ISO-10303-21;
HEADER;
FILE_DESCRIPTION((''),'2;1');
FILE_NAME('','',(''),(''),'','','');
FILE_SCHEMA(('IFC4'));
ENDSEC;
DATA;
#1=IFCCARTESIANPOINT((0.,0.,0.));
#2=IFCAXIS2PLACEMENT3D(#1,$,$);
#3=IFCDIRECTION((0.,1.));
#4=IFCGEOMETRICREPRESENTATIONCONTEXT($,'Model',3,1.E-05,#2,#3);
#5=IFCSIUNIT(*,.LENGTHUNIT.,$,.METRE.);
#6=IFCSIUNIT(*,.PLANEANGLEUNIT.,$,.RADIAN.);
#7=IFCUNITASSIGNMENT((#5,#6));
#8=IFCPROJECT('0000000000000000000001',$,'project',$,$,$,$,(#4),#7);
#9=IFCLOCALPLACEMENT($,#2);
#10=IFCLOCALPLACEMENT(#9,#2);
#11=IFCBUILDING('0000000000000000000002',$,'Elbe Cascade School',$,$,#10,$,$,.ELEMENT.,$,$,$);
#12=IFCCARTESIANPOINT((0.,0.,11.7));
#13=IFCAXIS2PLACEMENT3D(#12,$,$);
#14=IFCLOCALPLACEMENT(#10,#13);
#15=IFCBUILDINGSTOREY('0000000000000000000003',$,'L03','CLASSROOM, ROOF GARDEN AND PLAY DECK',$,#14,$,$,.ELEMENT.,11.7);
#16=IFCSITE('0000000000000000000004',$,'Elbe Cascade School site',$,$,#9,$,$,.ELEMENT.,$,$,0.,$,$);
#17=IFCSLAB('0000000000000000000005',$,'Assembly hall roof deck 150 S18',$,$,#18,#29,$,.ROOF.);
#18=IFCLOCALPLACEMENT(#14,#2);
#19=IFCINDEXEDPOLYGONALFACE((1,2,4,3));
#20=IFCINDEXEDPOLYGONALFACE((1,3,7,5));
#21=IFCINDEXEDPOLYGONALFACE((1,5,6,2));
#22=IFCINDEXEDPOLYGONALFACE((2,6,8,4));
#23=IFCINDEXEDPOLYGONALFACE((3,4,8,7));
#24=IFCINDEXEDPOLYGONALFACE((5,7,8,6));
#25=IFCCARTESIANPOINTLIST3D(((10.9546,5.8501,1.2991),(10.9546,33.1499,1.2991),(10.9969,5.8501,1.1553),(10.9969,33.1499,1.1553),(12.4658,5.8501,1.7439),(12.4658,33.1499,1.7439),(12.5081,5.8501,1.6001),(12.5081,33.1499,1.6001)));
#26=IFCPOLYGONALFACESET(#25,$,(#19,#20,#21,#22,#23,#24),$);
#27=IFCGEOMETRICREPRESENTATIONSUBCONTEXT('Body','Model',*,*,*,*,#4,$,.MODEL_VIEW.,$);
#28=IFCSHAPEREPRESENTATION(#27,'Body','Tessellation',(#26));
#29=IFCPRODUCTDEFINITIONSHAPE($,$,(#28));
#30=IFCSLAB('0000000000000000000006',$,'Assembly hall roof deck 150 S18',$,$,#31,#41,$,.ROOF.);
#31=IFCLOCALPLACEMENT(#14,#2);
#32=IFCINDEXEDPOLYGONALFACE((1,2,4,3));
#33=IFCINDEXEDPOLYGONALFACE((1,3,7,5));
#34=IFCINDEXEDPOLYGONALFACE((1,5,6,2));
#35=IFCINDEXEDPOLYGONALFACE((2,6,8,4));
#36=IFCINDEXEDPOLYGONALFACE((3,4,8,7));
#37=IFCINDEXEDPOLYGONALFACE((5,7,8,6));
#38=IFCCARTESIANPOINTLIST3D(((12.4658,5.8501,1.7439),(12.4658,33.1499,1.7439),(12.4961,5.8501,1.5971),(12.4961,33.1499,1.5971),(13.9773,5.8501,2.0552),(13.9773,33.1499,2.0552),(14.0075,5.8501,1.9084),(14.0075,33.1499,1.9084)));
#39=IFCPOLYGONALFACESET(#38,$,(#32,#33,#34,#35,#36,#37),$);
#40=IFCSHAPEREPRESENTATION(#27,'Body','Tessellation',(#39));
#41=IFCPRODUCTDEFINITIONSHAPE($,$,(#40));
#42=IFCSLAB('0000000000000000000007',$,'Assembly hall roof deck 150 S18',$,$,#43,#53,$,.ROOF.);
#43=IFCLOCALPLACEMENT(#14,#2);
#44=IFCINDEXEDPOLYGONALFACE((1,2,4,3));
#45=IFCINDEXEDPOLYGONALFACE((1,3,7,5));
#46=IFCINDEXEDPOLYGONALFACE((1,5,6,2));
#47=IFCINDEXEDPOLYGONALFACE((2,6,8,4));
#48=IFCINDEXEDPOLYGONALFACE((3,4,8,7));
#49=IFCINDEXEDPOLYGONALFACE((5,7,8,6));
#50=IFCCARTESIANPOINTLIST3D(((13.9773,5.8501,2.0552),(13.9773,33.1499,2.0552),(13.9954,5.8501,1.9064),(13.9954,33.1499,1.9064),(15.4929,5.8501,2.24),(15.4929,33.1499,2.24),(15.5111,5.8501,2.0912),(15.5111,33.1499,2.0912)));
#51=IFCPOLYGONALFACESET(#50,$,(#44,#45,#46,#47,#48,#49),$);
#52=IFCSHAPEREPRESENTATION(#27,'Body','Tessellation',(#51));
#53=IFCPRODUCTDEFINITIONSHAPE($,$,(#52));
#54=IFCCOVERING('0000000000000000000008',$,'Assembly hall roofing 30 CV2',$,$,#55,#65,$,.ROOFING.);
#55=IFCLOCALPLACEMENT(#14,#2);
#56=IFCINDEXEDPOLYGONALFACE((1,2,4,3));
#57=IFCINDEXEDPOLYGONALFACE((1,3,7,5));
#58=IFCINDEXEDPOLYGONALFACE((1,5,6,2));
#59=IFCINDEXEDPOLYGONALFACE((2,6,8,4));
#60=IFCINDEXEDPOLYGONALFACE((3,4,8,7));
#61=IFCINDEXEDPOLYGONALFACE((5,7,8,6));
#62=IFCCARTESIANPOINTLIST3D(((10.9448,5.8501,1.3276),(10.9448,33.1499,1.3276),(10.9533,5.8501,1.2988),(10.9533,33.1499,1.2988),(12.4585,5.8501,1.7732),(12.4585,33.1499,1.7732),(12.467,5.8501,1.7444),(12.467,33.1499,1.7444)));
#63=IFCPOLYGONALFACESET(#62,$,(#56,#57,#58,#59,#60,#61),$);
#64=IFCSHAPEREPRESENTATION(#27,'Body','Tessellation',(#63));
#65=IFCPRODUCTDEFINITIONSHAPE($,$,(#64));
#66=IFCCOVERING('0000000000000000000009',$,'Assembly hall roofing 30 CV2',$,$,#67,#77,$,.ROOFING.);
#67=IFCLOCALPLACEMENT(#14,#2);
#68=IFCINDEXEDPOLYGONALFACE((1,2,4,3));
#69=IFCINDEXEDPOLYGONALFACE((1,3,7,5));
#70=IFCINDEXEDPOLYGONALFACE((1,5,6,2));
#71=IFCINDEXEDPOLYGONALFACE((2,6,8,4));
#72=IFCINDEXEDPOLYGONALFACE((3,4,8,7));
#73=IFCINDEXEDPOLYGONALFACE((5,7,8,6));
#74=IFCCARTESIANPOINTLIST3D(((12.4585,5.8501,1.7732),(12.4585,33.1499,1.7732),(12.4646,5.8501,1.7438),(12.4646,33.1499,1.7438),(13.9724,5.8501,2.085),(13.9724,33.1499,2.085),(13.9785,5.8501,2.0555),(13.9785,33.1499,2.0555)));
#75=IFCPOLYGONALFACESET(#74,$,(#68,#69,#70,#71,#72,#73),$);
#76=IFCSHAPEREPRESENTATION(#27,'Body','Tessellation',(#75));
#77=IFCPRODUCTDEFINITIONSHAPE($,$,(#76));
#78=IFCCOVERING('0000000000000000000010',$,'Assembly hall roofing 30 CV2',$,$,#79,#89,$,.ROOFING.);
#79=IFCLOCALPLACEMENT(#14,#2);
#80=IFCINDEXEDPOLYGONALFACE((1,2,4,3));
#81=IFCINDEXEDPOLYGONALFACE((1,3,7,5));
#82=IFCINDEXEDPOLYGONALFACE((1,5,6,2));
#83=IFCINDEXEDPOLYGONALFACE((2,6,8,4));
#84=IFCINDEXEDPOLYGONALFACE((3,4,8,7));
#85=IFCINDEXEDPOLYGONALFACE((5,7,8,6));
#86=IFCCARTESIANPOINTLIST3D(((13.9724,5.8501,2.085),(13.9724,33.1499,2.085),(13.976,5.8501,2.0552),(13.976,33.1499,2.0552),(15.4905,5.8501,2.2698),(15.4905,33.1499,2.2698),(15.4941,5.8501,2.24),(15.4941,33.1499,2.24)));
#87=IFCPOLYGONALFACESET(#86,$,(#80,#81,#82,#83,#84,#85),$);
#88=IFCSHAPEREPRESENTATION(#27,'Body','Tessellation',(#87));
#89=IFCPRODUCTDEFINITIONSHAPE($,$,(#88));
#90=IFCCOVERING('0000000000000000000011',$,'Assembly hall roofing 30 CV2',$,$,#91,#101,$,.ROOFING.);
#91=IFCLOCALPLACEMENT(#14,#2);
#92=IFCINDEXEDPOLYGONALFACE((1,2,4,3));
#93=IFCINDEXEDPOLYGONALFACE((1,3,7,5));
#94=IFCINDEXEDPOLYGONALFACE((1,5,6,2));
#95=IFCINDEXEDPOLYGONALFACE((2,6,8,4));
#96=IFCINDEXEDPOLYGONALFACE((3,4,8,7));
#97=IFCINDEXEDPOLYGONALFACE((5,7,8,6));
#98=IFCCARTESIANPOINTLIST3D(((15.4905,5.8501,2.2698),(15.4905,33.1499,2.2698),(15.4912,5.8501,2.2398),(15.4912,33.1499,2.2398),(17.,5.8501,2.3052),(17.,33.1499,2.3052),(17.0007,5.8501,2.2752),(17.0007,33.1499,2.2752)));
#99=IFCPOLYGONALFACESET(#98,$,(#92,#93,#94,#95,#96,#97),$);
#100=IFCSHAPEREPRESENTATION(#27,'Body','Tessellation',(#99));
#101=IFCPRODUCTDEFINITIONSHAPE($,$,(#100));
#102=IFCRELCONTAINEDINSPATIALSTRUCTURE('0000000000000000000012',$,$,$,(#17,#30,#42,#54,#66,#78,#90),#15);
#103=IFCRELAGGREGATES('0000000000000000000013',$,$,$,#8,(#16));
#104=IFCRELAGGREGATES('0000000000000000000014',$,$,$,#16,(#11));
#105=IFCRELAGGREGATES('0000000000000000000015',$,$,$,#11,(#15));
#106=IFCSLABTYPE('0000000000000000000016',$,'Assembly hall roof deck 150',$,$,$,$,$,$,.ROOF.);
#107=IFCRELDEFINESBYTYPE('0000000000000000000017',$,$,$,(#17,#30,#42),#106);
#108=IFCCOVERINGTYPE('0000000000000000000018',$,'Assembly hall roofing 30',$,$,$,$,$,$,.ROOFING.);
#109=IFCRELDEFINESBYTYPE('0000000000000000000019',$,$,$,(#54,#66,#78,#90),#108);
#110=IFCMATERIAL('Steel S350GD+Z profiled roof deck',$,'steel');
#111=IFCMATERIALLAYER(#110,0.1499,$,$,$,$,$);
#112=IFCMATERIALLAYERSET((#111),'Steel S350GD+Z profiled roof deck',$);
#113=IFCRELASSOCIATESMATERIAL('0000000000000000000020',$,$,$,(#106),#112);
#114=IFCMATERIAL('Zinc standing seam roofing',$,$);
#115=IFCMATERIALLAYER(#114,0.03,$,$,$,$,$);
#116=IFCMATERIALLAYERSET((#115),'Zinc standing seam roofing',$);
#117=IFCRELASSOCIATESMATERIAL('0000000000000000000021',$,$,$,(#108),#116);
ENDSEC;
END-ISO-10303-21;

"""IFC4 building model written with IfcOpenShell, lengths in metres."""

from ifc_helpers import new_model, si_unit, direction, frame, origin, place, context, subcontext, project, spatial, polyline, outline, extrude, material, layer, layer_set, type_object, element, save


model = new_model("IFC4")

# Units and contexts
model_context = context("Model", 3, precision=1e-05, world=origin(), true_north=direction((0.0, 1.0)))
body_context = subcontext(model_context, "Body", "Model", "MODEL_VIEW")
ifc_project = project(units=[si_unit("LENGTHUNIT", "METRE"), si_unit("PLANEANGLEUNIT", "RADIAN")], contexts=[model_context])

# Site, building, storey
site_placement = place(None, origin())
site = spatial("IfcSite", under=ifc_project, at=site_placement, Name="Elbe Cascade School site", CompositionType="ELEMENT", RefElevation=0.0)
building_placement = place(site_placement, origin())
building = spatial("IfcBuilding", under=site, at=building_placement, Name="Elbe Cascade School", CompositionType="ELEMENT")
storey_placement = place(building_placement, frame((0.0, 0.0, 11.7)))
storey = spatial("IfcBuildingStorey", under=building, at=storey_placement, Name="L03", Description="CLASSROOM, ROOF GARDEN AND PLAY DECK", CompositionType="ELEMENT", Elevation=11.7)

# Slabs
ifc_material_1 = material(Name="Steel S350GD+Z profiled roof deck", Category="steel")
ifc_layer_1 = layer(ifc_material_1, 0.1499)
ifc_layer_set_1 = layer_set([ifc_layer_1], Name="Steel S350GD+Z profiled roof deck")
slab_type = type_object("IfcSlabType", Name="Assembly hall roof deck 150", PredefinedType="ROOF", material=ifc_layer_set_1)
slab_1_placement = place(storey_placement, frame((10.9546, 5.8501, 1.2991), z_axis=(-0.282368, 0.0, 0.959306), x_axis=(0.959306, 0.0, 0.282368)))
element("IfcSlab", 1, at=slab_1_placement, inside=storey, type_object=slab_type, Name="Assembly hall roof deck 150 S18", PredefinedType="ROOF", context=body_context, shape_type="SweptSolid", body=[
    extrude(outline(polyline([(0.0, 0.0), (1.5753, 0.0), (1.5753, 27.2998), (0.0, 27.2998), (0.0, 0.0)])), origin(), (0.0, 0.0, -1.0), 0.1499),
])
slab_2_placement = place(storey_placement, frame((12.4658, 5.8501, 1.7439), z_axis=(-0.201711, 0.0, 0.979445), x_axis=(0.979445, 0.0, 0.201711)))
element("IfcSlab", 2, at=slab_2_placement, inside=storey, type_object=slab_type, Name="Assembly hall roof deck 150 S18", PredefinedType="ROOF", context=body_context, shape_type="SweptSolid", body=[
    extrude(outline(polyline([(0.0, 0.0), (1.5432, 0.0), (1.5432, 27.2998), (0.0, 27.2998), (0.0, 0.0)])), origin(), (0.0, 0.0, -1.0), 0.1499),
])
slab_3_placement = place(storey_placement, frame((13.9773, 5.8501, 2.0552), z_axis=(-0.121043, 0.0, 0.992647), x_axis=(0.992647, 0.0, 0.121043)))
element("IfcSlab", 3, at=slab_3_placement, inside=storey, type_object=slab_type, Name="Assembly hall roof deck 150 S18", PredefinedType="ROOF", context=body_context, shape_type="SweptSolid", body=[
    extrude(outline(polyline([(0.0, 0.0), (1.5269, 0.0), (1.5269, 27.2998), (0.0, 27.2998), (0.0, 0.0)])), origin(), (0.0, 0.0, -1.0), 0.1499),
])

# Coverings
ifc_material_2 = material(Name="Zinc standing seam roofing")
ifc_layer_2 = layer(ifc_material_2, 0.03)
ifc_layer_set_2 = layer_set([ifc_layer_2], Name="Zinc standing seam roofing")
covering_type = type_object("IfcCoveringType", Name="Assembly hall roofing 30", PredefinedType="ROOFING", material=ifc_layer_set_2)
covering_1_placement = place(storey_placement, frame((10.9448, 5.8501, 1.3276), z_axis=(-0.282376, 0.0, 0.959304), x_axis=(0.959304, 0.0, 0.282376)))
element("IfcCovering", 4, at=covering_1_placement, inside=storey, type_object=covering_type, Name="Assembly hall roofing 30 CV2", PredefinedType="ROOFING", context=body_context, shape_type="SweptSolid", body=[
    extrude(outline(polyline([(0.0, 0.0), (1.5779, 0.0), (1.5779, 27.2998), (0.0, 27.2998), (0.0, 0.0)])), origin(), (0.0, 0.0, -1.0), 0.03),
])
covering_2_placement = place(storey_placement, frame((12.4585, 5.8501, 1.7732), z_axis=(-0.201702, 0.0, 0.979447), x_axis=(0.979447, 0.0, 0.201702)))
element("IfcCovering", 5, at=covering_2_placement, inside=storey, type_object=covering_type, Name="Assembly hall roofing 30 CV2", PredefinedType="ROOFING", context=body_context, shape_type="SweptSolid", body=[
    extrude(outline(polyline([(0.0, 0.0), (1.5457, 0.0), (1.5457, 27.2998), (0.0, 27.2998), (0.0, 0.0)])), origin(), (0.0, 0.0, -1.0), 0.03),
])
covering_3_placement = place(storey_placement, frame((13.9724, 5.8501, 2.085), z_axis=(-0.120851, 0.0, 0.992671), x_axis=(0.992671, 0.0, 0.120851)))
element("IfcCovering", 6, at=covering_3_placement, inside=storey, type_object=covering_type, Name="Assembly hall roofing 30 CV2", PredefinedType="ROOFING", context=body_context, shape_type="SweptSolid", body=[
    extrude(outline(polyline([(0.0, 0.0), (1.5293, 0.0), (1.5293, 27.2998), (0.0, 27.2998), (0.0, 0.0)])), origin(), (0.0, 0.0, -1.0), 0.03),
])
covering_4_placement = place(storey_placement, frame((15.4905, 5.8501, 2.2698), z_axis=(-0.023445, 0.0, 0.999725), x_axis=(0.999725, 0.0, 0.023445)))
element("IfcCovering", 7, at=covering_4_placement, inside=storey, type_object=covering_type, Name="Assembly hall roofing 30 CV2", PredefinedType="ROOFING", context=body_context, shape_type="SweptSolid", body=[
    extrude(outline(polyline([(0.0, 0.0), (1.5099, 0.0), (1.5099, 27.2998), (0.0, 27.2998), (0.0, 0.0)])), origin(), (0.0, 0.0, -1.0), 0.03),
])

save(model, "model.ifc")
